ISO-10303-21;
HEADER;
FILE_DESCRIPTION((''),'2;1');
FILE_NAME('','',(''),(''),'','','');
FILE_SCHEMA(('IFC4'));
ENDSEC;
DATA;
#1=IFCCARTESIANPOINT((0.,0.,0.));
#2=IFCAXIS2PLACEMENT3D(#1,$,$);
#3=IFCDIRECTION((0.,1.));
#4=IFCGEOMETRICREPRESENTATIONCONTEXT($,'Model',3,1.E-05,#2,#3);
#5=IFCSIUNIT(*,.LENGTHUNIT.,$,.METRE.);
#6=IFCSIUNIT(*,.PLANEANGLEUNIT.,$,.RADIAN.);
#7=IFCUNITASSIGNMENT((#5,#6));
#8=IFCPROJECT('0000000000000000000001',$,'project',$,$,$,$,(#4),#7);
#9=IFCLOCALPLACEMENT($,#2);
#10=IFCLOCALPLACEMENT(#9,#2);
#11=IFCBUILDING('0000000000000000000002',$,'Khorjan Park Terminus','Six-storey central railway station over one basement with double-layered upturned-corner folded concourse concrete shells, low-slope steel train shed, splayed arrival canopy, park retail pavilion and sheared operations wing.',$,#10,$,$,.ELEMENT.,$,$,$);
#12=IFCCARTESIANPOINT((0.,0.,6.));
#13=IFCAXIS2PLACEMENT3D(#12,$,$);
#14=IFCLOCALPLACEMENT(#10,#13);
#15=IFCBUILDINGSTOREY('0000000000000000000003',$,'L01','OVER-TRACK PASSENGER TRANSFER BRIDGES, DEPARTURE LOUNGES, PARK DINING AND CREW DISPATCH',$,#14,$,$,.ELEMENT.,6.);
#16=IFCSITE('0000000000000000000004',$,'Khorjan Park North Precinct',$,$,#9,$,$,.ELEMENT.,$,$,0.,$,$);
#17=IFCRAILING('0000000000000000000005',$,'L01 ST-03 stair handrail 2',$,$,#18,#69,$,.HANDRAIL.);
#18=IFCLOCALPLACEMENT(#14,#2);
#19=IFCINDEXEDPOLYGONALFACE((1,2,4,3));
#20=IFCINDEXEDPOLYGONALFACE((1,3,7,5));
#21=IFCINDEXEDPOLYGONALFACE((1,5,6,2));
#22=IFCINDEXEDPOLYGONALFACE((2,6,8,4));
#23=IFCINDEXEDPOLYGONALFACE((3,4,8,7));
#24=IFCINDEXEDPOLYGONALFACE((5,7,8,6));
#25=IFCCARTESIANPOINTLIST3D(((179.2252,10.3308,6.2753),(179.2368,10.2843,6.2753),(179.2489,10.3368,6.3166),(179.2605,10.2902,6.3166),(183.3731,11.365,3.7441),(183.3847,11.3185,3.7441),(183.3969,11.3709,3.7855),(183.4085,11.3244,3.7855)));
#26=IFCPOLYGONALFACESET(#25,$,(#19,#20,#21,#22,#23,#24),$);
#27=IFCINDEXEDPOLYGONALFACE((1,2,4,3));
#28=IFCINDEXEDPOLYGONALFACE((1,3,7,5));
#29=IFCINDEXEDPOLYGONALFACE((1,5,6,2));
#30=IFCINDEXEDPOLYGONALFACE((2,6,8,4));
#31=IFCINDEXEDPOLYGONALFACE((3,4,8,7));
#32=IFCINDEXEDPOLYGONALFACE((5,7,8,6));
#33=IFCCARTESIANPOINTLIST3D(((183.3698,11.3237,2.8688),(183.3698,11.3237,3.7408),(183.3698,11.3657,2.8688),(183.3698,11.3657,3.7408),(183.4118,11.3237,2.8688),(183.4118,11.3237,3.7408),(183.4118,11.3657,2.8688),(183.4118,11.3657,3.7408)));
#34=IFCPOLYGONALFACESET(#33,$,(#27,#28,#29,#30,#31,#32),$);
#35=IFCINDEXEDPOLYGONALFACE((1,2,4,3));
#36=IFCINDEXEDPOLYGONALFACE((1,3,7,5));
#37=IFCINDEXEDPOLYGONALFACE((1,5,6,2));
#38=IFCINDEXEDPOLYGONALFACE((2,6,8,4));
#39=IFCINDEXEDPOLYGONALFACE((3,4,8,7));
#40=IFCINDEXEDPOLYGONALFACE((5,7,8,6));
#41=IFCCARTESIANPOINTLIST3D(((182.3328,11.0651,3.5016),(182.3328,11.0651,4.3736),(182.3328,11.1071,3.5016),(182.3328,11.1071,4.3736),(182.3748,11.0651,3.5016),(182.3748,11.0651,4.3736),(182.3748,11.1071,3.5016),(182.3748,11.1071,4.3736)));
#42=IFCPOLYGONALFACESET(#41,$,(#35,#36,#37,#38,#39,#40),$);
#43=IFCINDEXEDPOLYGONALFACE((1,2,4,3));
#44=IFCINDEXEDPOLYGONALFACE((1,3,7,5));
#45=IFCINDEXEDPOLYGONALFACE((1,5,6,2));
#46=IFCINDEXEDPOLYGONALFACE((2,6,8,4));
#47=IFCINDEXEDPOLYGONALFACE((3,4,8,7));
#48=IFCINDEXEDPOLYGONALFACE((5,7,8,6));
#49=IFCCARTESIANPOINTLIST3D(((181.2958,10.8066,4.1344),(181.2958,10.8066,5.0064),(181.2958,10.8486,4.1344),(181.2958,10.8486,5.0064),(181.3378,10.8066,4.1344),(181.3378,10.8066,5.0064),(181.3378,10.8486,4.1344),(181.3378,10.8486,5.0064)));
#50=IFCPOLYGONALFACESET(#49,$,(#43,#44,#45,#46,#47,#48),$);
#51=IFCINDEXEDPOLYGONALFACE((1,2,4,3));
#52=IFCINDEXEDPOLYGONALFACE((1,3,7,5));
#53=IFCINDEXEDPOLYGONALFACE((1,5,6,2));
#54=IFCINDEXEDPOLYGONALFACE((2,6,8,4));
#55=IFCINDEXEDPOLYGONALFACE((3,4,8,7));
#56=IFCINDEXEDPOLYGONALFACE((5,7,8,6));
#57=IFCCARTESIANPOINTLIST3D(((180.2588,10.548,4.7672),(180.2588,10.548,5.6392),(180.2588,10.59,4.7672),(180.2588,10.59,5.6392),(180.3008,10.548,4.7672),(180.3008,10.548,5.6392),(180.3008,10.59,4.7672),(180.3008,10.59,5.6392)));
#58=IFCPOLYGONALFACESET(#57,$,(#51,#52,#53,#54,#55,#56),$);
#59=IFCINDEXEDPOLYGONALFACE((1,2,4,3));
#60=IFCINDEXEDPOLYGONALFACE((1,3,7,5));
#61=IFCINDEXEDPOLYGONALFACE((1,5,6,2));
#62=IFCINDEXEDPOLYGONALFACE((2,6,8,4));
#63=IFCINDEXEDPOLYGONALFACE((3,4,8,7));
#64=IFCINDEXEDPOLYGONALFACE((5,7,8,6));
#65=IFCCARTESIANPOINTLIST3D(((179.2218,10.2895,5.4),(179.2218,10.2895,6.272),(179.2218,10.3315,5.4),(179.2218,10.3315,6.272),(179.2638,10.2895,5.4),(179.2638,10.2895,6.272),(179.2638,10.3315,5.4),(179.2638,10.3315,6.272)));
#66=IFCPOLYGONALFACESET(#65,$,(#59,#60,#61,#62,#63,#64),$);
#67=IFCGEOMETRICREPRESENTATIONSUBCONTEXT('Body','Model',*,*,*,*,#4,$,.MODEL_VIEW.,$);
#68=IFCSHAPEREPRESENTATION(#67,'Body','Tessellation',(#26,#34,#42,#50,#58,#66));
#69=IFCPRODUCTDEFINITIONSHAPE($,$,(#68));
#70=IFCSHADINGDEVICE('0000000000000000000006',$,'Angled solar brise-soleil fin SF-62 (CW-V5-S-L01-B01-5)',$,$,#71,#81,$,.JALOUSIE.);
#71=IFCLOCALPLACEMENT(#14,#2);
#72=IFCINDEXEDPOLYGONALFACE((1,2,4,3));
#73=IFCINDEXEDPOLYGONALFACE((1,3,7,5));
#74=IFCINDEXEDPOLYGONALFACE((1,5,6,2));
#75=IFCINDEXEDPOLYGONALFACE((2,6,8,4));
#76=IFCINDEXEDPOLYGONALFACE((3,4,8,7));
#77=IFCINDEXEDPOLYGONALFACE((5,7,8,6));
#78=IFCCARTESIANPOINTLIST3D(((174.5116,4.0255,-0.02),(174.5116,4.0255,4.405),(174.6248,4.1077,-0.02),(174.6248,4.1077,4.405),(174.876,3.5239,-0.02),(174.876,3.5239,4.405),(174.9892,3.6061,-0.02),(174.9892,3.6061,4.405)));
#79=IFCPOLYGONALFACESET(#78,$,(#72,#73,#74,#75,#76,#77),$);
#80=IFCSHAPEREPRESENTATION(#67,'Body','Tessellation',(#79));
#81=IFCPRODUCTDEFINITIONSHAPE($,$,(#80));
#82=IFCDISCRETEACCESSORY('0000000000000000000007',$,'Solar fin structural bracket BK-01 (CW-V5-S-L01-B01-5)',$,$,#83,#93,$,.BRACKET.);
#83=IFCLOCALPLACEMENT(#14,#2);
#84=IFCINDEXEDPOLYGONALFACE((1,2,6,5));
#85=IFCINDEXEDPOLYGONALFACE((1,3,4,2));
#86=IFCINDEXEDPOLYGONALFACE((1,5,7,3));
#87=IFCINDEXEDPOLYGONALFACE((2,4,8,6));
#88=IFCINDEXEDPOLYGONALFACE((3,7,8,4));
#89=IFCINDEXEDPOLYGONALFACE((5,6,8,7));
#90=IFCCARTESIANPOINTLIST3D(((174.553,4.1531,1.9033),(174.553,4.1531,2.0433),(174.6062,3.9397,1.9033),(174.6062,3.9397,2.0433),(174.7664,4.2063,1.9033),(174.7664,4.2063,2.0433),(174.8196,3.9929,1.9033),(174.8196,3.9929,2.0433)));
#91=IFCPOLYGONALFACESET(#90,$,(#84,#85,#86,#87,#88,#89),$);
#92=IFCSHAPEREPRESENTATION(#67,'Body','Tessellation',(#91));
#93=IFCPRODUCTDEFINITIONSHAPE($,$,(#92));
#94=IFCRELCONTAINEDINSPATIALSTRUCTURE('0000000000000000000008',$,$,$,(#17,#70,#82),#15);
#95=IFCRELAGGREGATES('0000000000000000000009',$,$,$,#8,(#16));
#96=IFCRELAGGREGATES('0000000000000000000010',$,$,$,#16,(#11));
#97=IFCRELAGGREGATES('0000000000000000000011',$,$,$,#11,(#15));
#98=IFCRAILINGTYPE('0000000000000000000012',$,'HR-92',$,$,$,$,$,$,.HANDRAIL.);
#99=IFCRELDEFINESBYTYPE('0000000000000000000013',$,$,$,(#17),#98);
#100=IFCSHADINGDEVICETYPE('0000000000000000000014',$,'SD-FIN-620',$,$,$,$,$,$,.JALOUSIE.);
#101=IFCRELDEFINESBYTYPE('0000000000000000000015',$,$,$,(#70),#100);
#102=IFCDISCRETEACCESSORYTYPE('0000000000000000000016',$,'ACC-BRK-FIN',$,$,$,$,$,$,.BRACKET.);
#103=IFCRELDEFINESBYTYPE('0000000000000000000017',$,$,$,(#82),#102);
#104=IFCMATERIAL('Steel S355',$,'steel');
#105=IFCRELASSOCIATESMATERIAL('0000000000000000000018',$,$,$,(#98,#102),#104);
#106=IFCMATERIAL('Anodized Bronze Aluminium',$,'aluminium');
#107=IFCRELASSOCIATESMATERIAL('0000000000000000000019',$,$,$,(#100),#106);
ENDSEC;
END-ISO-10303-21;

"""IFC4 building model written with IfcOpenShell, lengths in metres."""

from ifc_helpers import new_model, si_unit, direction, frame, origin, origin_2d, place, context, subcontext, project, spatial, rectangle, extrude, material, type_object, element, save


model = new_model("IFC4")

# Units and contexts
model_context = context("Model", 3, precision=1e-05, world=origin(), true_north=direction((0.0, 1.0)))
body_context = subcontext(model_context, "Body", "Model", "MODEL_VIEW")
ifc_project = project(units=[si_unit("LENGTHUNIT", "METRE"), si_unit("PLANEANGLEUNIT", "RADIAN")], contexts=[model_context])

# Site, building, storey
site_placement = place(None, origin())
site = spatial("IfcSite", under=ifc_project, at=site_placement, Name="Khorjan Park North Precinct", CompositionType="ELEMENT", RefElevation=0.0)
building_placement = place(site_placement, origin())
building = spatial("IfcBuilding", under=site, at=building_placement, Name="Khorjan Park Terminus", Description="Six-storey central railway station over one basement with double-layered upturned-corner folded concourse concrete shells, low-slope steel train shed, splayed arrival canopy, park retail pavilion and sheared operations wing.", CompositionType="ELEMENT")
storey_placement = place(building_placement, frame((0.0, 0.0, 6.0)))
storey = spatial("IfcBuildingStorey", under=building, at=storey_placement, Name="L01", Description="OVER-TRACK PASSENGER TRANSFER BRIDGES, DEPARTURE LOUNGES, PARK DINING AND CREW DISPATCH", CompositionType="ELEMENT", Elevation=6.0)

# Shared definitions
ifc_material_1 = material(Name="Steel S355", Category="steel")

# Shared definitions
ifc_material_2 = material(Name="Anodized Bronze Aluminium", Category="aluminium")

# Railing
railing_type_1 = type_object("IfcRailingType", Name="HR-92", PredefinedType="HANDRAIL", material=ifc_material_1)
railing_1_placement = place(storey_placement, frame((183.3908, 11.3447, 2.8688)))
element("IfcRailing", 1, at=railing_1_placement, inside=storey, type_object=railing_type_1, Name="L01 ST-03 stair handrail 2", PredefinedType="HANDRAIL", context=body_context, shape_type="SweptSolid", body=[
    extrude(rectangle(XDim=0.048, YDim=0.048, at=origin_2d()), frame((0.0, 0.0, 0.896), z_axis=(-0.83492, -0.208166, 0.509486), x_axis=(0.241919, -0.970296, 0.0)), (0.0, 0.0, 1.0), 4.9681),
    extrude(rectangle(XDim=0.042, YDim=0.042, at=origin_2d()), origin(), (0.0, 0.0, 1.0), 0.872),
    extrude(rectangle(XDim=0.042, YDim=0.042, at=origin_2d()), frame((-1.037, -0.2586, 0.6328)), (0.0, 0.0, 1.0), 0.872),
    extrude(rectangle(XDim=0.042, YDim=0.042, at=origin_2d()), frame((-2.074, -0.5171, 1.2656)), (0.0, 0.0, 1.0), 0.872),
    extrude(rectangle(XDim=0.042, YDim=0.042, at=origin_2d()), frame((-3.111, -0.7757, 1.8984)), (0.0, 0.0, 1.0), 0.872),
    extrude(rectangle(XDim=0.042, YDim=0.042, at=origin_2d()), frame((-4.148, -1.0342, 2.5312)), (0.0, 0.0, 1.0), 0.872),
])

# Shading device
shading_device_type = type_object("IfcShadingDeviceType", Name="SD-FIN-620", PredefinedType="JALOUSIE", material=ifc_material_2)
shading_device_placement = place(storey_placement, frame((174.7504, 3.8158, -0.02), z_axis=(0.0, 0.0, 1.0), x_axis=(-0.587785, 0.809017, 0.0)))
element("IfcShadingDevice", 2, at=shading_device_placement, inside=storey, type_object=shading_device_type, Name="Angled solar brise-soleil fin SF-62 (CW-V5-S-L01-B01-5)", PredefinedType="JALOUSIE", context=body_context, shape_type="SweptSolid", body=[
    extrude(rectangle(XDim=0.62, YDim=0.14, at=origin_2d()), origin(), (0.0, 0.0, 1.0), 4.425),
])

# Discrete accessory
discrete_accessory_type = type_object("IfcDiscreteAccessoryType", Name="ACC-BRK-FIN", PredefinedType="BRACKET", material=ifc_material_1)
discrete_accessory_placement = place(storey_placement, frame((174.6863, 4.073, 1.9033), z_axis=(0.0, 0.0, 1.0), x_axis=(0.970296, 0.241923, 0.0)))
element("IfcDiscreteAccessory", 3, at=discrete_accessory_placement, inside=storey, type_object=discrete_accessory_type, Name="Solar fin structural bracket BK-01 (CW-V5-S-L01-B01-5)", PredefinedType="BRACKET", context=body_context, shape_type="SweptSolid", body=[
    extrude(rectangle(XDim=0.22, YDim=0.22, at=origin_2d()), origin(), (0.0, 0.0, 1.0), 0.14),
])

save(model, "model.ifc")
